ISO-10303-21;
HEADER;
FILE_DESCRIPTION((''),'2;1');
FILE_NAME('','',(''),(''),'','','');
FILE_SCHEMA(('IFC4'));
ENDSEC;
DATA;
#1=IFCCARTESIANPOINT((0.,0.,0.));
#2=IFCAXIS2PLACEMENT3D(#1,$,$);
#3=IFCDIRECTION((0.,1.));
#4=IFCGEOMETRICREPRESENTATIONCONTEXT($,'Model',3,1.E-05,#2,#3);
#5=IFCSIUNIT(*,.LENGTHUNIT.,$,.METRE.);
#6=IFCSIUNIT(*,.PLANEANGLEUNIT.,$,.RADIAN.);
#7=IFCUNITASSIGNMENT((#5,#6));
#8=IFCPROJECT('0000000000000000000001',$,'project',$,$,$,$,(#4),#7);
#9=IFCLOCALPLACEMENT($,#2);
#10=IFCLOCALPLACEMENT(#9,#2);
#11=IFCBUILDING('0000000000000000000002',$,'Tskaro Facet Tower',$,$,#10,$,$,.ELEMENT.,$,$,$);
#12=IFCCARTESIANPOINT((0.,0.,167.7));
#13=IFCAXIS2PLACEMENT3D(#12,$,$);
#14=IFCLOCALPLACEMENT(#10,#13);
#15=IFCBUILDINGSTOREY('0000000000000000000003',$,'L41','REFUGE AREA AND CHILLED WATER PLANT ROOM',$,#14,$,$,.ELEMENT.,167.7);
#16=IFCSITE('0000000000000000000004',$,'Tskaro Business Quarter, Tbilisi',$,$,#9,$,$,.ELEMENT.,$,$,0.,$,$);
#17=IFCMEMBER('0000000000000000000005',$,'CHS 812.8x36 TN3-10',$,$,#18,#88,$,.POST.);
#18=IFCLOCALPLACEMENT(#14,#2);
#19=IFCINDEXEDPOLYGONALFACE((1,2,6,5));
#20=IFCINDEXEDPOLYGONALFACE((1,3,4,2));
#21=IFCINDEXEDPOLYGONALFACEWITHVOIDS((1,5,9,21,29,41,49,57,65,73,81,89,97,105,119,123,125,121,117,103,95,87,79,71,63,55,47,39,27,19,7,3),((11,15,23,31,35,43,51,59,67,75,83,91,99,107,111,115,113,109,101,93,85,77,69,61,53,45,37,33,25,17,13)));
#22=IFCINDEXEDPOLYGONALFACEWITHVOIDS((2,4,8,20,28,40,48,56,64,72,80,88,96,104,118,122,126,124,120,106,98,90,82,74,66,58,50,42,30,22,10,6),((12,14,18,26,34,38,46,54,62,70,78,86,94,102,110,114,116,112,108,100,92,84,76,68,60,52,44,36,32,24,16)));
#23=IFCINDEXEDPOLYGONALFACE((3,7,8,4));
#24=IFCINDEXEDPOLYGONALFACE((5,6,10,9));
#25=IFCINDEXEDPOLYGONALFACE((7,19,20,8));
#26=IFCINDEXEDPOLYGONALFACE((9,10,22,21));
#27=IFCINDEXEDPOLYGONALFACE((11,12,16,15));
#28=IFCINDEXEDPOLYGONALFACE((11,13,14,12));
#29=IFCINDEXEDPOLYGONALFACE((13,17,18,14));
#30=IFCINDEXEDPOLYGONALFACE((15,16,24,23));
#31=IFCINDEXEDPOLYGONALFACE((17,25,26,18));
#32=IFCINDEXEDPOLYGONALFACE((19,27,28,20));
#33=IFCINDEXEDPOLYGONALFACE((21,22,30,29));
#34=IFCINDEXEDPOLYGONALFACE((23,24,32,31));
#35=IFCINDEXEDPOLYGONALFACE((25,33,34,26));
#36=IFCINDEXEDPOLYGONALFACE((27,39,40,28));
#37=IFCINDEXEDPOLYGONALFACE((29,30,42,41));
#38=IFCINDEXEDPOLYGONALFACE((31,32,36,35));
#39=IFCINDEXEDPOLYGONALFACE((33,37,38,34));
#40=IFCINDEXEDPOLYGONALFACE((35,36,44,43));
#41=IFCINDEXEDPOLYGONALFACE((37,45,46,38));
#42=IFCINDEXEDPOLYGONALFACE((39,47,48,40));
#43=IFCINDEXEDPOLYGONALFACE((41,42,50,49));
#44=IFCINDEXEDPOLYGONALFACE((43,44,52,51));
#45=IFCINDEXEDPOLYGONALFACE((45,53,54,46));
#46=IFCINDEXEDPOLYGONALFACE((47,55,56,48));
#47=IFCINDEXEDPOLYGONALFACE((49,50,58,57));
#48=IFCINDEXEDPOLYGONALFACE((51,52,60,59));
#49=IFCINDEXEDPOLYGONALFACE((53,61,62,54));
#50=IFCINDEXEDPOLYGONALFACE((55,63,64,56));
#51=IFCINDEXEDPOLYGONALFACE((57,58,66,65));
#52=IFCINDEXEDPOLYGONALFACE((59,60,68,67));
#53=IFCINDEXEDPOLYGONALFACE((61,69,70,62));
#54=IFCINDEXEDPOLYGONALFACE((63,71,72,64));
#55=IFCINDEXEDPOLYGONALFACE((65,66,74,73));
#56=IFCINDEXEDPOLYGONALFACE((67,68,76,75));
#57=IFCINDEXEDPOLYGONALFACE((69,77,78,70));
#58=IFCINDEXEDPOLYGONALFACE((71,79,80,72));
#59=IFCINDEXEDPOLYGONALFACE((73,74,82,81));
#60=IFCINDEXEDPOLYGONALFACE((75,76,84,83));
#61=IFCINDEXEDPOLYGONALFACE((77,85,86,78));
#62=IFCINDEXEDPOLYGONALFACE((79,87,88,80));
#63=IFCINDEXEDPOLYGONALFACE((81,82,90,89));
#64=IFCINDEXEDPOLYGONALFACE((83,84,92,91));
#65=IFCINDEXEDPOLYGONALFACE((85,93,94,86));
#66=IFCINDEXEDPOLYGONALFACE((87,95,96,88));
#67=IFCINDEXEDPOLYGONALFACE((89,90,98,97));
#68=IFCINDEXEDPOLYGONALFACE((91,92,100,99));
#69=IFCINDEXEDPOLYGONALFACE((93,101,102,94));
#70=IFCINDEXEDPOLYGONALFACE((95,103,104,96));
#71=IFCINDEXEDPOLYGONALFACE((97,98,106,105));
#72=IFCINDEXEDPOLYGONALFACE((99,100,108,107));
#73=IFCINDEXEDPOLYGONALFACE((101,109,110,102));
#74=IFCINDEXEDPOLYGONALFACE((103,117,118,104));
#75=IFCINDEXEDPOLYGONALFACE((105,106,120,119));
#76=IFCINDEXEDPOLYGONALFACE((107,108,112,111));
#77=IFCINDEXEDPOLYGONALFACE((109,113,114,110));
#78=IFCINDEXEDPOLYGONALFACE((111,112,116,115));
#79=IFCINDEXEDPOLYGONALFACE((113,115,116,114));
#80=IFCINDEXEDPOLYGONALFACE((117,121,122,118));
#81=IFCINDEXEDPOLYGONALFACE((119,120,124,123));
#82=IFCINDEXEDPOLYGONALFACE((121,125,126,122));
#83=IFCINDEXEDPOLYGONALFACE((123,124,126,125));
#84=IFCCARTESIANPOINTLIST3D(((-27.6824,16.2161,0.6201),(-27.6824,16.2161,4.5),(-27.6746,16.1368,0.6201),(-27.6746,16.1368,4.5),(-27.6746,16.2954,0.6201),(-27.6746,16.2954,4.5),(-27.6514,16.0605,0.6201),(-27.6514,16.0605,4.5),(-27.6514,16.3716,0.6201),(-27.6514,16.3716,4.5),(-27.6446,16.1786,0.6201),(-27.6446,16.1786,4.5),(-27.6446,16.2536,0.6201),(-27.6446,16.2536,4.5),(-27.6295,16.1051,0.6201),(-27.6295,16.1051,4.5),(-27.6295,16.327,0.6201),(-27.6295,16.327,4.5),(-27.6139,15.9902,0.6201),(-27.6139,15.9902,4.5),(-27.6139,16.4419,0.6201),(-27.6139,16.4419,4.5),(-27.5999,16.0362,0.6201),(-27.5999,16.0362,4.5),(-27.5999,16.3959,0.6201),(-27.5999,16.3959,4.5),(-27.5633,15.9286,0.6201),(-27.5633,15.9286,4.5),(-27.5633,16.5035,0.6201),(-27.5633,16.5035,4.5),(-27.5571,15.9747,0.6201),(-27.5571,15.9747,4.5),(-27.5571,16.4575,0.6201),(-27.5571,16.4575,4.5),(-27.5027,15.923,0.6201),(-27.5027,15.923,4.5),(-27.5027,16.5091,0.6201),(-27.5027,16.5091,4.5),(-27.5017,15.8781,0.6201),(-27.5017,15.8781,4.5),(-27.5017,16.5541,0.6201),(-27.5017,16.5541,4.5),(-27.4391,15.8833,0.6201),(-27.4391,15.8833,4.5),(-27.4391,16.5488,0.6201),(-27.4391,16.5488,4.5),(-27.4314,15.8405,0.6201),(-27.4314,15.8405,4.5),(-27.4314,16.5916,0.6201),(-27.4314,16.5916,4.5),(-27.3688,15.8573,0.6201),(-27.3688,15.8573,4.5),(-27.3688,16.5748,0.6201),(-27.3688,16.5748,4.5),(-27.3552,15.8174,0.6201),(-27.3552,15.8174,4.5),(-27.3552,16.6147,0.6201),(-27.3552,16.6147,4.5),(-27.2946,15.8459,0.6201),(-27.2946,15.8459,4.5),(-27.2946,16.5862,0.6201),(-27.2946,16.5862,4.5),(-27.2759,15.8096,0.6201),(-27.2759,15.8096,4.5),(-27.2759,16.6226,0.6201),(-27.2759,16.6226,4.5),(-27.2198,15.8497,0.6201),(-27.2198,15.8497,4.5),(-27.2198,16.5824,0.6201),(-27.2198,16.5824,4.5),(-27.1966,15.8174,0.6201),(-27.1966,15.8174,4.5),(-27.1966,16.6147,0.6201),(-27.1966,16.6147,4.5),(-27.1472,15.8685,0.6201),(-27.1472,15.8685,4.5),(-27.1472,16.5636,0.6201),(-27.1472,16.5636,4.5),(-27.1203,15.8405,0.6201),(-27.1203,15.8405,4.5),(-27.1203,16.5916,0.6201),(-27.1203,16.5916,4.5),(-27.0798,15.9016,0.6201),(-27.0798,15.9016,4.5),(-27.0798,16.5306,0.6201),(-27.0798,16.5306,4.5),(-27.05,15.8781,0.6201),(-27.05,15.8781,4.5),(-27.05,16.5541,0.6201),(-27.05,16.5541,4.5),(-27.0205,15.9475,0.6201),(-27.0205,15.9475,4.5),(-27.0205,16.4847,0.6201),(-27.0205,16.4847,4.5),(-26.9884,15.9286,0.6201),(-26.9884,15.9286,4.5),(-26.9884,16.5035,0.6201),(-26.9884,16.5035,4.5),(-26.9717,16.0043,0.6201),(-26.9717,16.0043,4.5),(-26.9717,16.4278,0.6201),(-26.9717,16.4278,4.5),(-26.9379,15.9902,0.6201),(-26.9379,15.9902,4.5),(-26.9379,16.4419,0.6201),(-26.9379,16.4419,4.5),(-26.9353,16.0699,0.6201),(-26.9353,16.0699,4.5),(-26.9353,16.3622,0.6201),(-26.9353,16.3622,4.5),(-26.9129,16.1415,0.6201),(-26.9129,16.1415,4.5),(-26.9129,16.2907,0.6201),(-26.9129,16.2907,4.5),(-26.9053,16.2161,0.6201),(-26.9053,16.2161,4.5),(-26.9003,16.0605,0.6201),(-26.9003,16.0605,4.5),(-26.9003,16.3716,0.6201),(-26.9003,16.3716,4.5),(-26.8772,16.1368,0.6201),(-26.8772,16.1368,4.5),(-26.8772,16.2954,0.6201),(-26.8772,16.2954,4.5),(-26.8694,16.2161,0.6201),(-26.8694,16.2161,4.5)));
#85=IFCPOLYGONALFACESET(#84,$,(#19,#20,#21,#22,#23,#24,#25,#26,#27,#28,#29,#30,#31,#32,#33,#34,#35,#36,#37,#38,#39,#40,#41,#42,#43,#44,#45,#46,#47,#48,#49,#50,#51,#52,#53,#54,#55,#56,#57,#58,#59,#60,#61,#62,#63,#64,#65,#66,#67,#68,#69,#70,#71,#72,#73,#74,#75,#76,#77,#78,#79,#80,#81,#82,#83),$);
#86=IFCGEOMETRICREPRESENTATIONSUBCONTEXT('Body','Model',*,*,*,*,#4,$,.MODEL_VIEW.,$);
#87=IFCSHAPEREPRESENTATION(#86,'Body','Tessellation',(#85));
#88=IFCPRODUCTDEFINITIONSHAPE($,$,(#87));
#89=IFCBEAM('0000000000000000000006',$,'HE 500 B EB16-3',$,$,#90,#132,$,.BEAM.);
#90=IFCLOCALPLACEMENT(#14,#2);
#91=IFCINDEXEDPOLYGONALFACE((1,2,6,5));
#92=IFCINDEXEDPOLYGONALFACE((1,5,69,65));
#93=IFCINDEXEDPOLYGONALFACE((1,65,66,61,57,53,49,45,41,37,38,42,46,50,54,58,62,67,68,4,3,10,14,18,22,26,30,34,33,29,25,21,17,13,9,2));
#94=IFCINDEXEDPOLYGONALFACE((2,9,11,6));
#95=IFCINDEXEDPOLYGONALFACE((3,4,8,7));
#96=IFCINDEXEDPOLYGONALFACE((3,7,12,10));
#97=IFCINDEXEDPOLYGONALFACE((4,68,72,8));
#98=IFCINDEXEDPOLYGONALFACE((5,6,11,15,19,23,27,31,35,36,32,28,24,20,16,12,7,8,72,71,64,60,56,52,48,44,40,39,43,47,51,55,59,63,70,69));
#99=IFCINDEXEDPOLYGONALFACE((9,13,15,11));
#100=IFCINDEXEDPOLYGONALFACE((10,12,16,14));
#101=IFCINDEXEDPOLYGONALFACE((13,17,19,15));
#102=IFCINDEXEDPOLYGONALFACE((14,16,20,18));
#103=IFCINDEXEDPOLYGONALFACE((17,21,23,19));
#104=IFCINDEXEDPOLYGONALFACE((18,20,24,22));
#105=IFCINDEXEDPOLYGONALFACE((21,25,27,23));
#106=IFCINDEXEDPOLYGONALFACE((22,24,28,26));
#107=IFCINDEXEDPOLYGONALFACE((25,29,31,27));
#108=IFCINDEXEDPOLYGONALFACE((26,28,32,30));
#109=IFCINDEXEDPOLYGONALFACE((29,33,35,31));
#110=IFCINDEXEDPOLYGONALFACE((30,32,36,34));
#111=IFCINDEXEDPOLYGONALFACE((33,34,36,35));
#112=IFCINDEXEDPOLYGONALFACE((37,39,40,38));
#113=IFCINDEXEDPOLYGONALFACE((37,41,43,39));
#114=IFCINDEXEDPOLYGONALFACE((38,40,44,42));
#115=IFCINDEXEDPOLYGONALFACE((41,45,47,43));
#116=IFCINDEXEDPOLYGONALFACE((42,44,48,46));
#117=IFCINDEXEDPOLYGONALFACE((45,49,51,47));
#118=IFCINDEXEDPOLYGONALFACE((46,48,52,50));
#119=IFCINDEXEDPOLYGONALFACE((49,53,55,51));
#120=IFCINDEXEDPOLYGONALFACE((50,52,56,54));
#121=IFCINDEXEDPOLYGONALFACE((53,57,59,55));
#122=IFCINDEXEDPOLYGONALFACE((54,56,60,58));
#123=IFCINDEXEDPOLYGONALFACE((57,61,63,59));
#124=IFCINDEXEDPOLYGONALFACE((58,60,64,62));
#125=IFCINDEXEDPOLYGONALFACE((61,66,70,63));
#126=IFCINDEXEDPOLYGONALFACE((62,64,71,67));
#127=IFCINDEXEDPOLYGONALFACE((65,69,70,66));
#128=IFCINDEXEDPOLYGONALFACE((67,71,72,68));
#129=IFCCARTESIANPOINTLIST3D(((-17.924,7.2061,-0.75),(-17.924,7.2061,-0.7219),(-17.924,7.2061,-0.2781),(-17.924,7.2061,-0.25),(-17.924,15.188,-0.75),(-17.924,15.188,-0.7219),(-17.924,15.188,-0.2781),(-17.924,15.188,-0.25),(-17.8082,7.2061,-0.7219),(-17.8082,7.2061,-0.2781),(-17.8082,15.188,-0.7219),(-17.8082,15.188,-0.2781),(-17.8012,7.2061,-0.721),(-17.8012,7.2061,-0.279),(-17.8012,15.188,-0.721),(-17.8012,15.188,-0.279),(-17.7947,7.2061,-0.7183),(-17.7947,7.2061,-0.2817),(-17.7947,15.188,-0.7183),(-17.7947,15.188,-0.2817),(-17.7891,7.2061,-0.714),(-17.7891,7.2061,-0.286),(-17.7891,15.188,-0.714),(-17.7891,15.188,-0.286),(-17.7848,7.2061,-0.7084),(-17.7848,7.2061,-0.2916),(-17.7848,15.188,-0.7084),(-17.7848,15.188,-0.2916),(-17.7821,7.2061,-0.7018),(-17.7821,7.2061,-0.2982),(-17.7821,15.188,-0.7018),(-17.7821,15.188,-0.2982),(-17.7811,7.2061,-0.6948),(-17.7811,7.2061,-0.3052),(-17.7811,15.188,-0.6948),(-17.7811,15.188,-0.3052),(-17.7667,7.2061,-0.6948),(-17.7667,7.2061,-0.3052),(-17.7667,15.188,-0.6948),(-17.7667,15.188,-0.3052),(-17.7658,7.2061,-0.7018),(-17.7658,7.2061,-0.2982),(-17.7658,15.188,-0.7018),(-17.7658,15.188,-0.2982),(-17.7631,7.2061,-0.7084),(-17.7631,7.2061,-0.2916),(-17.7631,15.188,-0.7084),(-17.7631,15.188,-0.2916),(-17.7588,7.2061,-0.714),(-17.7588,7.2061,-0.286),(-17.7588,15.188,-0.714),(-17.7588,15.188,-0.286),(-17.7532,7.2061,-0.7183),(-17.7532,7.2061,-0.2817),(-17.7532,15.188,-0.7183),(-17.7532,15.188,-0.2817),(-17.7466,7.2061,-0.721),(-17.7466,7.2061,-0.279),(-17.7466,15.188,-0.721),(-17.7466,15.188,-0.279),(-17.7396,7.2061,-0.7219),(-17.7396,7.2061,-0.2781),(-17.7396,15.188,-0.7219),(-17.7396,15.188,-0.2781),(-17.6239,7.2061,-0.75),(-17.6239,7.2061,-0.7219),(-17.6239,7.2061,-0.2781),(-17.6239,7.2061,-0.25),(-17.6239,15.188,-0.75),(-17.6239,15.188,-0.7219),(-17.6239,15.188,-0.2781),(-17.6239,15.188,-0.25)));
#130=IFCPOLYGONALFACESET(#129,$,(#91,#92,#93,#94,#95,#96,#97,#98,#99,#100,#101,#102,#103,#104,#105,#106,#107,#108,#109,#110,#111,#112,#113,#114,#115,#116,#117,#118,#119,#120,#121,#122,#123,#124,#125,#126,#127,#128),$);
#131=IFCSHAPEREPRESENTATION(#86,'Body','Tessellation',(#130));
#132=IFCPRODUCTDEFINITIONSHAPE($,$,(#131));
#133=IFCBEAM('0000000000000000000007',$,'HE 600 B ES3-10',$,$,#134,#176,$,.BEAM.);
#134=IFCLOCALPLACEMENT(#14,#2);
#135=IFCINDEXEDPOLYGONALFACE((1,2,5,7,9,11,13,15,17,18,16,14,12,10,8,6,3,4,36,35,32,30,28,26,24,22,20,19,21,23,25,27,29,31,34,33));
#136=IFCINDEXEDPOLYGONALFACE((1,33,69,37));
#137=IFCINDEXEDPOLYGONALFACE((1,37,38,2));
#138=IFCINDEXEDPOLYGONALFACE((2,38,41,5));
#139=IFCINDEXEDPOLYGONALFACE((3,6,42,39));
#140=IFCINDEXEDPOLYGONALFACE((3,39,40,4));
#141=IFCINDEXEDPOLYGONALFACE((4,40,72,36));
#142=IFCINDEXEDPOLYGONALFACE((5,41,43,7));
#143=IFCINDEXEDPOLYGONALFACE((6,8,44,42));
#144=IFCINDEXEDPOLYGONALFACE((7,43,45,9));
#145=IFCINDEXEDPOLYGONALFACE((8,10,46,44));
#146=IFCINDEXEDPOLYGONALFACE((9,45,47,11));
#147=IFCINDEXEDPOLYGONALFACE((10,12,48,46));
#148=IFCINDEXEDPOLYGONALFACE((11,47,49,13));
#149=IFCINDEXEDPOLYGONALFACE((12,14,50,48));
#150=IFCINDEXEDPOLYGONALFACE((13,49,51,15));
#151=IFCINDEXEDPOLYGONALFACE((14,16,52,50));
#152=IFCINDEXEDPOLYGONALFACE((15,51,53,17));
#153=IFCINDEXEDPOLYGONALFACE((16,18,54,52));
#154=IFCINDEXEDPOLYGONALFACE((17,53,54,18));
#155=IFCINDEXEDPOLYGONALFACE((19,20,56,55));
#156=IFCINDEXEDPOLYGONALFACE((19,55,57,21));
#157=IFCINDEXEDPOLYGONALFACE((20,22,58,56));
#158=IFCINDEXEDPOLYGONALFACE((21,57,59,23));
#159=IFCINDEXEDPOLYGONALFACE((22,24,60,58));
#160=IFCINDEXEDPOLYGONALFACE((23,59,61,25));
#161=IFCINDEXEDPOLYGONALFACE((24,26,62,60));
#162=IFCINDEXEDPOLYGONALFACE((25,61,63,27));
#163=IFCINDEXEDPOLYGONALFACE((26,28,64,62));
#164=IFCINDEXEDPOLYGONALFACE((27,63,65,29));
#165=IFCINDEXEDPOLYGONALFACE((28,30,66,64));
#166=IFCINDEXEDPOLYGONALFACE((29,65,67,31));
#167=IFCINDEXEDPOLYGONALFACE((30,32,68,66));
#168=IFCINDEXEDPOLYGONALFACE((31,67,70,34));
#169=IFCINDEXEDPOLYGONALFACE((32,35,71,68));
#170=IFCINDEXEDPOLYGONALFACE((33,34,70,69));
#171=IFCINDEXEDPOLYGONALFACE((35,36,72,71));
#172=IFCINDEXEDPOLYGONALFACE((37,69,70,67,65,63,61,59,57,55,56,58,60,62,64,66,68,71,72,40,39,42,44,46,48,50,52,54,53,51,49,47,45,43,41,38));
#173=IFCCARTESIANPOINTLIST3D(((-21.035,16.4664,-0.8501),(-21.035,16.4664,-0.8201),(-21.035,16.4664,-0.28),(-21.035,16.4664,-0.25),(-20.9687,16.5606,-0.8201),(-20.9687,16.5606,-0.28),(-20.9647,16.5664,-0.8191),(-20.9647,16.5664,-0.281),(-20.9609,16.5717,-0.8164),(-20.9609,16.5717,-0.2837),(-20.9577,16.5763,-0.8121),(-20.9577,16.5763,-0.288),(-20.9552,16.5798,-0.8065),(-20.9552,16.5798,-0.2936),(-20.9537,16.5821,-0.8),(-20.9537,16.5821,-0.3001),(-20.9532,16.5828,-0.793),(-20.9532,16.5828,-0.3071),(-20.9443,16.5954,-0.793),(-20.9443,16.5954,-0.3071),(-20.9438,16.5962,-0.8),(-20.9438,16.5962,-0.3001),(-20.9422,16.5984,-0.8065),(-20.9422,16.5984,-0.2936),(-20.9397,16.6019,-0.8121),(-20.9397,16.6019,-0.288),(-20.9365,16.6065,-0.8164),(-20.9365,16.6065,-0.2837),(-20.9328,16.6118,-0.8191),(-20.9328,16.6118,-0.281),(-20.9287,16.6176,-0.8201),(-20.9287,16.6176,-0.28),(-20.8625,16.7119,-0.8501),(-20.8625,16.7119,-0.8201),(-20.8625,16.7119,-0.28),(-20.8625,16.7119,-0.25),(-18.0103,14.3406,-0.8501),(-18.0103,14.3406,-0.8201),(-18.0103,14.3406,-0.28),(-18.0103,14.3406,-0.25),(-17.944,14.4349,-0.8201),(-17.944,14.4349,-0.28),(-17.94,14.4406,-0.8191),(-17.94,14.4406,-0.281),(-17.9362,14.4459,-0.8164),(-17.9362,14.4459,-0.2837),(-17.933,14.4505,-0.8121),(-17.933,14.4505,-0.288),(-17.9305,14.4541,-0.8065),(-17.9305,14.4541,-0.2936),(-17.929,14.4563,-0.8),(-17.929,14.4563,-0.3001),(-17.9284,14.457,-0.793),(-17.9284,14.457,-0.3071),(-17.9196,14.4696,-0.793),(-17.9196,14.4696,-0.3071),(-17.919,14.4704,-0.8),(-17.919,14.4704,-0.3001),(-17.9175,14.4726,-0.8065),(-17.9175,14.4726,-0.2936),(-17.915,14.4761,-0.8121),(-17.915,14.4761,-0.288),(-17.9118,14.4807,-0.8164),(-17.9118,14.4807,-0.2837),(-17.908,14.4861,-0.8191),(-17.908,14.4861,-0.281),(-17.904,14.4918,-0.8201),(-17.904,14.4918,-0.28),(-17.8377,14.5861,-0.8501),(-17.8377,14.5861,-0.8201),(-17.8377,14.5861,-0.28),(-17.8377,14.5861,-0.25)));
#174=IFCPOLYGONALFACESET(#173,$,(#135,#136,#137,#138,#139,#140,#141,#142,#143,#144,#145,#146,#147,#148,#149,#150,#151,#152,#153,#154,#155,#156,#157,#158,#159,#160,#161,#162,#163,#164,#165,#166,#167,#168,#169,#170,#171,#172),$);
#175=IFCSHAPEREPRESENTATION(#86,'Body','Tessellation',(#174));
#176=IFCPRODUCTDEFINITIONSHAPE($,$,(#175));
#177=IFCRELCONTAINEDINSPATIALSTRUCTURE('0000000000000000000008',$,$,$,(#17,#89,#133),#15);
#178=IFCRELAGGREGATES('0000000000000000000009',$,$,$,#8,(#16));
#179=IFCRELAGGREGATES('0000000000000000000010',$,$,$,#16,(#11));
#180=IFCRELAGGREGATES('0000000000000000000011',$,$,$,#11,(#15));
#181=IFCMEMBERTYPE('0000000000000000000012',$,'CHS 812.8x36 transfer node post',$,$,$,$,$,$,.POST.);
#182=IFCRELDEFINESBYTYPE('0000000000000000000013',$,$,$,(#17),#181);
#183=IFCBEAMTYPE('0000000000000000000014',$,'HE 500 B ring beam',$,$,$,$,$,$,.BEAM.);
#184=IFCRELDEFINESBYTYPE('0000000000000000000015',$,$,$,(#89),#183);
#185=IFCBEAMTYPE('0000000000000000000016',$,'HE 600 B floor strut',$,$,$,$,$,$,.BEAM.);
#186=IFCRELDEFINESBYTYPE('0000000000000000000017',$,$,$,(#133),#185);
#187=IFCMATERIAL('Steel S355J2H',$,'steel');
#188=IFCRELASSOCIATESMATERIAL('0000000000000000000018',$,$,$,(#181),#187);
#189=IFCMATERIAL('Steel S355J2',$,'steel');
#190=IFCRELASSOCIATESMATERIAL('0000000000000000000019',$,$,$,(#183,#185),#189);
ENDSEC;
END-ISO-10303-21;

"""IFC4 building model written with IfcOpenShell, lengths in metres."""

from ifc_helpers import new_model, si_unit, direction, frame, origin, origin_2d, place, context, subcontext, project, spatial, hollow_circle, i_section, extrude, material, material_profile, profile_set, type_object, element, save


model = new_model("IFC4")

# Units and contexts
model_context = context("Model", 3, precision=1e-05, world=origin(), true_north=direction((0.0, 1.0)))
body_context = subcontext(model_context, "Body", "Model", "MODEL_VIEW")
ifc_project = project(units=[si_unit("LENGTHUNIT", "METRE"), si_unit("PLANEANGLEUNIT", "RADIAN")], contexts=[model_context])

# Site, building, storey
site_placement = place(None, origin())
site = spatial("IfcSite", under=ifc_project, at=site_placement, Name="Tskaro Business Quarter, Tbilisi", CompositionType="ELEMENT", RefElevation=0.0)
building_placement = place(site_placement, origin())
building = spatial("IfcBuilding", under=site, at=building_placement, Name="Tskaro Facet Tower", CompositionType="ELEMENT")
storey_placement = place(building_placement, frame((0.0, 0.0, 167.7)))
storey = spatial("IfcBuildingStorey", under=building, at=storey_placement, Name="L41", Description="REFUGE AREA AND CHILLED WATER PLANT ROOM", CompositionType="ELEMENT", Elevation=167.7)

# Shared definitions
ifc_material_1 = material(Name="Steel S355J2H", Category="steel")

# Shared definitions
ifc_material_2 = material(Name="Steel S355J2", Category="steel")

# Member
ifc_material_profile_1 = material_profile(ifc_material_1, hollow_circle(Radius=0.4065, WallThickness=0.0359, at=origin_2d()), Name="CHS 812.8x36")
ifc_profile_set_1 = profile_set([ifc_material_profile_1], Name="Steel S355J2H")
member_type_1 = type_object("IfcMemberType", Name="CHS 812.8x36 transfer node post", PredefinedType="POST", material=ifc_profile_set_1)
for number, where, z_axis, x_axis, name in (
    (1, (-27.2759, 16.2161, 0.6201), (0.0, 0.0, 1.0), (1.0, 0.0, 0.0), "CHS 812.8x36 TN3-10"),
):
    element("IfcMember", number, at=place(storey_placement, frame(where, z_axis=z_axis, x_axis=x_axis)), inside=storey, type_object=member_type_1, Name=name, PredefinedType="POST", context=body_context, shape_type="SweptSolid", body=[
        extrude(hollow_circle(Radius=0.4065, WallThickness=0.0359, at=origin_2d()), origin(), (0.0, 0.0, 1.0), 3.8799),
    ])

# Beams
ifc_material_profile_2 = material_profile(ifc_material_2, i_section(OverallWidth=0.3, OverallDepth=0.5, WebThickness=0.0144, FlangeThickness=0.0281, FilletRadius=0.0271, at=origin_2d()), Name="HE 500 B")
ifc_profile_set_2 = profile_set([ifc_material_profile_2], Name="Steel S355J2")
beam_type_1 = type_object("IfcBeamType", Name="HE 500 B ring beam", PredefinedType="BEAM", material=ifc_profile_set_2)
beam_1_placement = place(storey_placement, frame((-17.7739, 15.188, -0.5), z_axis=(0.0, -1.0, 0.0), x_axis=(1.0, 0.0, 0.0)))
element("IfcBeam", 2, at=beam_1_placement, inside=storey, type_object=beam_type_1, Name="HE 500 B EB16-3", PredefinedType="BEAM", context=body_context, shape_type="SweptSolid", body=[
    extrude(i_section(OverallWidth=0.3, OverallDepth=0.5, WebThickness=0.0144, FlangeThickness=0.0281, FilletRadius=0.0271, at=origin_2d()), origin(), (0.0, 0.0, 1.0), 7.9819),
])
ifc_material_profile_3 = material_profile(ifc_material_2, i_section(OverallWidth=0.3, OverallDepth=0.6001, WebThickness=0.0154, FlangeThickness=0.03, FilletRadius=0.0271, at=origin_2d()), Name="HE 600 B")
ifc_profile_set_3 = profile_set([ifc_material_profile_3], Name="Steel S355J2")
beam_type_2 = type_object("IfcBeamType", Name="HE 600 B floor strut", PredefinedType="BEAM", material=ifc_profile_set_3)
beam_2_placement = place(storey_placement, frame((-20.9487, 16.5891, -0.55), z_axis=(0.818154, -0.574999, 0.0), x_axis=(0.574999, 0.818154, 0.0)))
element("IfcBeam", 3, at=beam_2_placement, inside=storey, type_object=beam_type_2, Name="HE 600 B ES3-10", PredefinedType="BEAM", context=body_context, shape_type="SweptSolid", body=[
    extrude(i_section(OverallWidth=0.3, OverallDepth=0.6001, WebThickness=0.0154, FlangeThickness=0.03, FilletRadius=0.0271, at=origin_2d()), origin(), (0.0, 0.0, 1.0), 3.697),
])

save(model, "model.ifc")
